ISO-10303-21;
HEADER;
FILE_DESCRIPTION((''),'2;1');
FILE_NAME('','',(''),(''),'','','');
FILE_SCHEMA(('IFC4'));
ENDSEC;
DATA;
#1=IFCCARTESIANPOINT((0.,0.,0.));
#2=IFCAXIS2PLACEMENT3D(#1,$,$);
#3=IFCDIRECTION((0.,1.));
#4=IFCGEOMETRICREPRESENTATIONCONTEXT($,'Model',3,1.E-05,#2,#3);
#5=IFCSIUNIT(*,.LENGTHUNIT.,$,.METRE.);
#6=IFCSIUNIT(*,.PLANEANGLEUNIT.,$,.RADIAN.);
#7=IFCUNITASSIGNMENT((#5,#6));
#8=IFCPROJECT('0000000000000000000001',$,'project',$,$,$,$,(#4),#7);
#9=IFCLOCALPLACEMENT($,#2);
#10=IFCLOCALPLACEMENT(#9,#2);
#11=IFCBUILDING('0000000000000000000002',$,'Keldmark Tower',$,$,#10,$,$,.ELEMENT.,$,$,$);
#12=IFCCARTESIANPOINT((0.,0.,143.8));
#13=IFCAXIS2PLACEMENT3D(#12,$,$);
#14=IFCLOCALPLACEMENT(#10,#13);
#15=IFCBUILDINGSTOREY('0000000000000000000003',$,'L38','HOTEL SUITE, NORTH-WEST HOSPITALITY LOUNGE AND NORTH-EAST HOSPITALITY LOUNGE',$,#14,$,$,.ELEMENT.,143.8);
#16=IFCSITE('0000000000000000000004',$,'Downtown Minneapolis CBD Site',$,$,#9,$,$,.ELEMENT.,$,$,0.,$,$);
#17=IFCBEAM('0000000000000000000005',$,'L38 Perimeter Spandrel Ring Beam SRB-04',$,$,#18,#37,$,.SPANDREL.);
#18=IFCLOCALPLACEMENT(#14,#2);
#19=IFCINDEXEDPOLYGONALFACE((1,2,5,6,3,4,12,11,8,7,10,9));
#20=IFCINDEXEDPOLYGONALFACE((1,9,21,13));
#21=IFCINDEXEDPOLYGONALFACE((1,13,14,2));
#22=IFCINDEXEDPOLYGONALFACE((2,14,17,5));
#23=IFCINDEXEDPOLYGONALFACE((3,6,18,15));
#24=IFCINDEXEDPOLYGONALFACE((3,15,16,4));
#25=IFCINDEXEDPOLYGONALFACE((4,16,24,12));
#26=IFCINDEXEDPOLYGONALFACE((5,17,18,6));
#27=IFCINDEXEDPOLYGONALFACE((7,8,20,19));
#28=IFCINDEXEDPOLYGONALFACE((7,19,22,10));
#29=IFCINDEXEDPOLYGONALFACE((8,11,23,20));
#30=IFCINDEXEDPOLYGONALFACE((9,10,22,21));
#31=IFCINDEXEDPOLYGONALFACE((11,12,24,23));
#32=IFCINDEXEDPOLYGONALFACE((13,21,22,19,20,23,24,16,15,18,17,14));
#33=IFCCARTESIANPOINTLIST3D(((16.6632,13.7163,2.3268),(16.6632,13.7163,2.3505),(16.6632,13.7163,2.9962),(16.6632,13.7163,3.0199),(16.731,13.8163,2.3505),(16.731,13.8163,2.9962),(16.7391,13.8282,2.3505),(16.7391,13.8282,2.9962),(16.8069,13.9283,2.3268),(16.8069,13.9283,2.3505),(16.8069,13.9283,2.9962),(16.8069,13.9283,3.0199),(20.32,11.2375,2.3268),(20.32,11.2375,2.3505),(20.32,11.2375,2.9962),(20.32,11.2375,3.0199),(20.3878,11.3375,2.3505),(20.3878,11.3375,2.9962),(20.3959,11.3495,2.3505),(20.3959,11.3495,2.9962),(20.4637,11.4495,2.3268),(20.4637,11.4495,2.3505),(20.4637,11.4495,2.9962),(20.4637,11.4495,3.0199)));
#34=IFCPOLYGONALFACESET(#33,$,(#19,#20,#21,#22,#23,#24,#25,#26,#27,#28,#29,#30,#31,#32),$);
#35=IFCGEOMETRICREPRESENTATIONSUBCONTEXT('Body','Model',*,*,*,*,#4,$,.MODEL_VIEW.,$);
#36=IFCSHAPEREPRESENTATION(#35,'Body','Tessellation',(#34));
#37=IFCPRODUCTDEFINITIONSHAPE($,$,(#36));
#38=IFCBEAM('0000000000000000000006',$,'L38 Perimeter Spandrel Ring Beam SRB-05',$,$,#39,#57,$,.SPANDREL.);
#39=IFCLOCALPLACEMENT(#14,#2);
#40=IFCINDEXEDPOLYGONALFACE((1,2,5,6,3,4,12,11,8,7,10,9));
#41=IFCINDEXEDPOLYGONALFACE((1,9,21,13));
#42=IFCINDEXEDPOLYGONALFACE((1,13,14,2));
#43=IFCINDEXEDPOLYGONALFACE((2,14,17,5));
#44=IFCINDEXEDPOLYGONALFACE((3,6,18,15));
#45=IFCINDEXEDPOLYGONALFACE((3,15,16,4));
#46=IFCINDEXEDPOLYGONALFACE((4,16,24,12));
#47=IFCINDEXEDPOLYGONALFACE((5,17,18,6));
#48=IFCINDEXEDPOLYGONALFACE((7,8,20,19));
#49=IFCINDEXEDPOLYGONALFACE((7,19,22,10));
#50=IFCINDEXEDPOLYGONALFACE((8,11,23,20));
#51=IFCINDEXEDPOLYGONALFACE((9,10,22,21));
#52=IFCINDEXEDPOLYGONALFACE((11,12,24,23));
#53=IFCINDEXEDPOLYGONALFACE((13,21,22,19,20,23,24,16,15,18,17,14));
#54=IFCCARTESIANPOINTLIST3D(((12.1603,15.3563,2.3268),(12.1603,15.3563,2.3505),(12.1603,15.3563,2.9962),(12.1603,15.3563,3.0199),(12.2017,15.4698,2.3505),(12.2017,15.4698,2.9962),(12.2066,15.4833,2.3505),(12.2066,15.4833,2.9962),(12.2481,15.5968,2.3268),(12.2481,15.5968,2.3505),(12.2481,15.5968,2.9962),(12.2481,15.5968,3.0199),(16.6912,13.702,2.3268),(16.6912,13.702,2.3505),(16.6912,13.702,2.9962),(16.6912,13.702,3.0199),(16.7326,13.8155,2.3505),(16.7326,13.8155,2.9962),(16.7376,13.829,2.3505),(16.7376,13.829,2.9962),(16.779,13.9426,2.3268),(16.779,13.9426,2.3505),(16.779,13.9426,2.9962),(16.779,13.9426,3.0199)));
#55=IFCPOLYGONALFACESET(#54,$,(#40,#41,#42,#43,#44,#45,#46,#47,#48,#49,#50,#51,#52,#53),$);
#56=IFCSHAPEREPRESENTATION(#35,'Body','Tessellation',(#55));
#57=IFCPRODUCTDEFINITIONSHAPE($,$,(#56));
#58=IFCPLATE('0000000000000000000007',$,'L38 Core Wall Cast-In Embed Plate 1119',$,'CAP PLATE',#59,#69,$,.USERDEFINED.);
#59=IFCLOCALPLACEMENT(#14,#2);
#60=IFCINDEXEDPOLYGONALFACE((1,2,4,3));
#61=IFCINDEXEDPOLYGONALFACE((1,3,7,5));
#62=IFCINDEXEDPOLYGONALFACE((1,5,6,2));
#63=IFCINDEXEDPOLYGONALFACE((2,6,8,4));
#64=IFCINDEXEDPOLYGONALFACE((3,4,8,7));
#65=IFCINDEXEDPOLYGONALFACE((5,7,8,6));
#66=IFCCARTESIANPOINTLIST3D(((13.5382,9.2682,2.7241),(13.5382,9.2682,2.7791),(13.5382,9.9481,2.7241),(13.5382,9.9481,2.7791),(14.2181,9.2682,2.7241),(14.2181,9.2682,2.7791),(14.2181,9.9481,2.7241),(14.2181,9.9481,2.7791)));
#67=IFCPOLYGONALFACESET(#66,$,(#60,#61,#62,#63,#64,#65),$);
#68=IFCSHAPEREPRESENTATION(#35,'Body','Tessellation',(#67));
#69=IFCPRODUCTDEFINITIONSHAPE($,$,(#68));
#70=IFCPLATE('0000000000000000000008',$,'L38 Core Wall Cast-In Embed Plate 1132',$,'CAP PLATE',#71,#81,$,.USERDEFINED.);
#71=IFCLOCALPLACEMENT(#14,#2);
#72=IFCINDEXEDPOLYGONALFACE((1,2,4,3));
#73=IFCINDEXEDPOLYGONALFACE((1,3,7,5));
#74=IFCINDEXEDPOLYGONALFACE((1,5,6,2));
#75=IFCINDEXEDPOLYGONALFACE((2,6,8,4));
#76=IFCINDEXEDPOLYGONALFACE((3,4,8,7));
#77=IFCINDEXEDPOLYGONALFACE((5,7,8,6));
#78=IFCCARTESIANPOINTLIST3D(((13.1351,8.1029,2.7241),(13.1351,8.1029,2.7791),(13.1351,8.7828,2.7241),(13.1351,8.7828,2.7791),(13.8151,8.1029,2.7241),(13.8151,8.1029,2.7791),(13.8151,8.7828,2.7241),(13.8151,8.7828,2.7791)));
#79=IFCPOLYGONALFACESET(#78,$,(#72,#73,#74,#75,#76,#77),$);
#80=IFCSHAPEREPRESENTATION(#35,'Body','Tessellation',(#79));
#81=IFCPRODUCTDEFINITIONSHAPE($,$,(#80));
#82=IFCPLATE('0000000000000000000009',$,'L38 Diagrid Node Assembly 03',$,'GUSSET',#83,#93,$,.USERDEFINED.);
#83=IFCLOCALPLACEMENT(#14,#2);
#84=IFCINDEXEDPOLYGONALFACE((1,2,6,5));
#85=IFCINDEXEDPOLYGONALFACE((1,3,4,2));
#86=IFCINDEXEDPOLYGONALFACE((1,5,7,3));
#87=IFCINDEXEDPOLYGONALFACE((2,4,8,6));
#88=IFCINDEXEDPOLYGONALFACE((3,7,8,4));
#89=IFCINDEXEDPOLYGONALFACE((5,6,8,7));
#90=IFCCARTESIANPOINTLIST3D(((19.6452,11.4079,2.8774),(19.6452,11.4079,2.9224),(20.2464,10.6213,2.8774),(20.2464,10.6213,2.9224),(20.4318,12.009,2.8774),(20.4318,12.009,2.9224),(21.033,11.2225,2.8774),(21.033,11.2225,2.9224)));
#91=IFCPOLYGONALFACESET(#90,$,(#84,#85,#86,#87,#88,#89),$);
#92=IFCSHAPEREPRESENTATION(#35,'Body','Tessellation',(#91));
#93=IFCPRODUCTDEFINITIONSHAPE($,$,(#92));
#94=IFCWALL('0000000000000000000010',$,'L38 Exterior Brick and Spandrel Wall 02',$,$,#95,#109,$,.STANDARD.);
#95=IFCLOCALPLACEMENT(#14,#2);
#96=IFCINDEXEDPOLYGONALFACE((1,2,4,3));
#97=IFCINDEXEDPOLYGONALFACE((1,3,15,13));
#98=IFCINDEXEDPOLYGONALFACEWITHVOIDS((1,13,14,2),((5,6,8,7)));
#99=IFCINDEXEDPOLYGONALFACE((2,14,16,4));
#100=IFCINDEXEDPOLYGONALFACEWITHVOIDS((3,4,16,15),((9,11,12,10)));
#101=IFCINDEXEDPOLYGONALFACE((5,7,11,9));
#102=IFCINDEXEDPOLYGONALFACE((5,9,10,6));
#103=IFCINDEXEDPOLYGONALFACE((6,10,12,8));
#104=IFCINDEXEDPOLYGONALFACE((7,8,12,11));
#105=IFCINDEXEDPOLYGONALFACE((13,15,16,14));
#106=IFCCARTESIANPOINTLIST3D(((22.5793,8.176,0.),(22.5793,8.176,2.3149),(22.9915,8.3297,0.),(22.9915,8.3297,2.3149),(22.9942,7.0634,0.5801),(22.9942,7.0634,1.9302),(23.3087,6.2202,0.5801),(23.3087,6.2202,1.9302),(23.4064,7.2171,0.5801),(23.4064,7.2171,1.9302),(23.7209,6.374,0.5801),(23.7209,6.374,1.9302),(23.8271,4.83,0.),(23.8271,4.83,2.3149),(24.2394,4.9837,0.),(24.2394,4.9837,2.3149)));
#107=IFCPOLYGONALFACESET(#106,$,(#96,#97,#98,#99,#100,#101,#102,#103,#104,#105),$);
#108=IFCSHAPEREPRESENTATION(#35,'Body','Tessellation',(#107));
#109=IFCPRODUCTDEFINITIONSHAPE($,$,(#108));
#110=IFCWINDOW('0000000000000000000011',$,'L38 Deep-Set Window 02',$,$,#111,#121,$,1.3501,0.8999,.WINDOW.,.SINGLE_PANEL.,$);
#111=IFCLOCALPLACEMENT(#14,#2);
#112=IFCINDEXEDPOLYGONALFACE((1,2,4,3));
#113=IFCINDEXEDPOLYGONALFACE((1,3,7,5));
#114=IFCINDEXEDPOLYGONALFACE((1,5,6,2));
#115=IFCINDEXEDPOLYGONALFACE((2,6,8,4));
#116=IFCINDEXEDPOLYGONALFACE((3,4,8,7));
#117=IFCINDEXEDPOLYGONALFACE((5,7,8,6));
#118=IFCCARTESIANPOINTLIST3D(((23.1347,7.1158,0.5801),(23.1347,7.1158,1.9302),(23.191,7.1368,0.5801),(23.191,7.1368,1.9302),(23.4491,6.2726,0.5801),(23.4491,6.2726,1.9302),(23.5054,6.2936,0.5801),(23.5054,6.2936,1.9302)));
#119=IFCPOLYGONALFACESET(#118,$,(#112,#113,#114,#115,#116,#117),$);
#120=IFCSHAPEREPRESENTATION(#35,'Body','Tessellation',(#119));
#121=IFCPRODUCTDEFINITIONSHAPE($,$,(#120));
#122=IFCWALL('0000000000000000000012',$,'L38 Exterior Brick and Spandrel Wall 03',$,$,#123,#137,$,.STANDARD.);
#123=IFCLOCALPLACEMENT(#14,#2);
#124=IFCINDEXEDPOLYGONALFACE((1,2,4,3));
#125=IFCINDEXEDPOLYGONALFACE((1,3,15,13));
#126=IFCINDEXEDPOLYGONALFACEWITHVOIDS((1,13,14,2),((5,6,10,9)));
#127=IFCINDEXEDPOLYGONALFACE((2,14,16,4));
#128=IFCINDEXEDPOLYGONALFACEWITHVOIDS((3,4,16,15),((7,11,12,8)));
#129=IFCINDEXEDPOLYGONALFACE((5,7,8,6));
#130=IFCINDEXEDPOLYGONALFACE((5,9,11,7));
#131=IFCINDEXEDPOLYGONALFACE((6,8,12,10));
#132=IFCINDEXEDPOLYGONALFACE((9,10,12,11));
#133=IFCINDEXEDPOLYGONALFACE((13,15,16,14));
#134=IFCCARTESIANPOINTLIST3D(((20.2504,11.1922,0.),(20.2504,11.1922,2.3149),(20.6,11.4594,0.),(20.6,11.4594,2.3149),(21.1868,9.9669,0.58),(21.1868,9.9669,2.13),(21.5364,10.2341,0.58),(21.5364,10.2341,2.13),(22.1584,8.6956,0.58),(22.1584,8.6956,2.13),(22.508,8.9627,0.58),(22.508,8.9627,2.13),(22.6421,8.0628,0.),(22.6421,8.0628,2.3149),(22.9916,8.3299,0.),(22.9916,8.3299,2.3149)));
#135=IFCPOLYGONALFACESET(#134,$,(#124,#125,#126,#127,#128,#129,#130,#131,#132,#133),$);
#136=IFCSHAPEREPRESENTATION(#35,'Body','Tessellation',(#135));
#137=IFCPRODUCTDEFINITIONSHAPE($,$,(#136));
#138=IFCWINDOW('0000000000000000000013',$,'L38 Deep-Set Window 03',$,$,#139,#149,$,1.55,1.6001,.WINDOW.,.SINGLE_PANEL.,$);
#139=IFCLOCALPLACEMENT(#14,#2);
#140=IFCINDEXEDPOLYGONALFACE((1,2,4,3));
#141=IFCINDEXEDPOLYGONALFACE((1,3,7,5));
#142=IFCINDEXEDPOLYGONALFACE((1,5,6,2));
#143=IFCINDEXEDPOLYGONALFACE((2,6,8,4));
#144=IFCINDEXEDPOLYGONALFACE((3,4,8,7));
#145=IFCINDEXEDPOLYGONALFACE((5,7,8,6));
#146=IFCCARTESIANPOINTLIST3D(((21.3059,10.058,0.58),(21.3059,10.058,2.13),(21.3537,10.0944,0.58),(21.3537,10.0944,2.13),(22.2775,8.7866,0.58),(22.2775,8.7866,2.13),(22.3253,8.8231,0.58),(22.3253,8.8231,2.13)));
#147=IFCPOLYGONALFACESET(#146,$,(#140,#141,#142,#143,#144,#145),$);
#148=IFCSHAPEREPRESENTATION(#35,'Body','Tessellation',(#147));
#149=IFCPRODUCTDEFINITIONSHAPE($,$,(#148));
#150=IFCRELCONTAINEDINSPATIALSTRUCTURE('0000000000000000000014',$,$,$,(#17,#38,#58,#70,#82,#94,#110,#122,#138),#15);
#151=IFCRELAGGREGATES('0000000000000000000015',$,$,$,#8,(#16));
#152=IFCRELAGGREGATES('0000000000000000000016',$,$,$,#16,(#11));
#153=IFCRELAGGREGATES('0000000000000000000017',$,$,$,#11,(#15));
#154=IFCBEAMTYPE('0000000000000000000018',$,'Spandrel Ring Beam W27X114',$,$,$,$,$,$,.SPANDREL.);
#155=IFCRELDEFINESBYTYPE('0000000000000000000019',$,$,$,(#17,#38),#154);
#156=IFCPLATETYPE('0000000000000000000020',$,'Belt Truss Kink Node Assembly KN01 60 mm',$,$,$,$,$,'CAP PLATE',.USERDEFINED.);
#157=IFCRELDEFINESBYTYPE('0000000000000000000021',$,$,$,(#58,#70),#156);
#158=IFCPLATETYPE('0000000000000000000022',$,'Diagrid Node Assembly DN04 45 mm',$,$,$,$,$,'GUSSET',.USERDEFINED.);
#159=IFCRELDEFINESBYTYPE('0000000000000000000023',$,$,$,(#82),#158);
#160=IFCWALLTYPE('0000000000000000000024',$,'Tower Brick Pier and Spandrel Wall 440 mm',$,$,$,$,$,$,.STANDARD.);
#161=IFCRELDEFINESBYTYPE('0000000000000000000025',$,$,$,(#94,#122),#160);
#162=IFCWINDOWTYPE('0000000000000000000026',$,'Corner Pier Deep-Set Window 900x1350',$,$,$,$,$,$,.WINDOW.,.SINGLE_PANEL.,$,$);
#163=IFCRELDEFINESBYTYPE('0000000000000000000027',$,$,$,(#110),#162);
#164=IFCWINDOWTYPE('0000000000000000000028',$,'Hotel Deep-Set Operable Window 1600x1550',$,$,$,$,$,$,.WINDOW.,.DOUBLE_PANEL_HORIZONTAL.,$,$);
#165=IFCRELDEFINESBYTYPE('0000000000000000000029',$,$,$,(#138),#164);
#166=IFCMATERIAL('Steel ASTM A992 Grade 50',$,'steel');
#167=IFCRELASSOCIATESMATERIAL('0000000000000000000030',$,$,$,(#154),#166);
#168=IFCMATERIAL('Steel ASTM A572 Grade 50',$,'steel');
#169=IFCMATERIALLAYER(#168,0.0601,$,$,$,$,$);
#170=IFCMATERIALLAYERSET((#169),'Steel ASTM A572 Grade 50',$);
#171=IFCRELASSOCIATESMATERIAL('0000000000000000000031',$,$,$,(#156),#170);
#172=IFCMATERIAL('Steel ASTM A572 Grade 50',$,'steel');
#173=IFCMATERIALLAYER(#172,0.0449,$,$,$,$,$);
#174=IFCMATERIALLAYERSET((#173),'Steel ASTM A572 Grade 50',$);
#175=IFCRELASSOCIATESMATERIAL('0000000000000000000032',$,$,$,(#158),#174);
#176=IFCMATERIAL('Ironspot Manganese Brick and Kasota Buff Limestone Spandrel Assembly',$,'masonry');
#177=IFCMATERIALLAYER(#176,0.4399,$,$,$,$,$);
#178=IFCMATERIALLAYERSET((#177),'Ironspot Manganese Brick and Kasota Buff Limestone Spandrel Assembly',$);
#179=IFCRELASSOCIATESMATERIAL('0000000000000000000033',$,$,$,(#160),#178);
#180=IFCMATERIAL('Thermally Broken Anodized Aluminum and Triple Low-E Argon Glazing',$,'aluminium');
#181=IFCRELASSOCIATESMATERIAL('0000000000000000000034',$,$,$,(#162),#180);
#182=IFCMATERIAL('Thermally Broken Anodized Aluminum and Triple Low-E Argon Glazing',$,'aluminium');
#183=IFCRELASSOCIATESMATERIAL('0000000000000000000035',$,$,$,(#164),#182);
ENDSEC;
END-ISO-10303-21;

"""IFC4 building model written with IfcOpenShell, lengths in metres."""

from ifc_helpers import new_model, si_unit, direction, frame, frame_2d, origin, origin_2d, place, context, subcontext, project, spatial, rectangle, i_section, extrude, material, layer, layer_set, material_profile, profile_set, type_object, element, fill, save


model = new_model("IFC4")

# Units and contexts
model_context = context("Model", 3, precision=1e-05, world=origin(), true_north=direction((0.0, 1.0)))
body_context = subcontext(model_context, "Body", "Model", "MODEL_VIEW")
ifc_project = project(units=[si_unit("LENGTHUNIT", "METRE"), si_unit("PLANEANGLEUNIT", "RADIAN")], contexts=[model_context])

# Site, building, storey
site_placement = place(None, origin())
site = spatial("IfcSite", under=ifc_project, at=site_placement, Name="Downtown Minneapolis CBD Site", CompositionType="ELEMENT", RefElevation=0.0)
building_placement = place(site_placement, origin())
building = spatial("IfcBuilding", under=site, at=building_placement, Name="Keldmark Tower", CompositionType="ELEMENT")
storey_placement = place(building_placement, frame((0.0, 0.0, 143.8)))
storey = spatial("IfcBuildingStorey", under=building, at=storey_placement, Name="L38", Description="HOTEL SUITE, NORTH-WEST HOSPITALITY LOUNGE AND NORTH-EAST HOSPITALITY LOUNGE", CompositionType="ELEMENT", Elevation=143.8)

# Beams
ifc_material_1 = material(Name="Steel ASTM A992 Grade 50", Category="steel")
ifc_material_profile_1 = material_profile(ifc_material_1, i_section(OverallWidth=0.2561, OverallDepth=0.6931, WebThickness=0.0144, FlangeThickness=0.0237, at=origin_2d()), Name="W27X114")
ifc_profile_set_1 = profile_set([ifc_material_profile_1], Name="Steel ASTM A992 Grade 50")
beam_type_1 = type_object("IfcBeamType", Name="Spandrel Ring Beam W27X114", PredefinedType="SPANDREL", material=ifc_profile_set_1)
beam_1_placement = place(storey_placement, frame((20.3918, 11.3435, 2.6733), z_axis=(-0.827749, 0.561099, 0.0), x_axis=(-0.561099, -0.827749, 0.0)))
element("IfcBeam", 1, at=beam_1_placement, inside=storey, type_object=beam_type_1, Name="L38 Perimeter Spandrel Ring Beam SRB-04", PredefinedType="SPANDREL", context=body_context, shape_type="SweptSolid", body=[
    extrude(i_section(OverallWidth=0.2561, OverallDepth=0.6931, WebThickness=0.0144, FlangeThickness=0.0237, at=origin_2d()), origin(), (0.0, 0.0, 1.0), 4.4177),
])
beam_2_placement = place(storey_placement, frame((16.7351, 13.8223, 2.6733), z_axis=(-0.939349, 0.342962, 0.0), x_axis=(-0.342962, -0.939349, 0.0)))
element("IfcBeam", 2, at=beam_2_placement, inside=storey, type_object=beam_type_1, Name="L38 Perimeter Spandrel Ring Beam SRB-05", PredefinedType="SPANDREL", context=body_context, shape_type="SweptSolid", body=[
    extrude(i_section(OverallWidth=0.2561, OverallDepth=0.6931, WebThickness=0.0144, FlangeThickness=0.0237, at=origin_2d()), origin(), (0.0, 0.0, 1.0), 4.8235),
])

# Plates
ifc_material_2 = material(Name="Steel ASTM A572 Grade 50", Category="steel")
ifc_layer_1 = layer(ifc_material_2, 0.0601)
ifc_layer_set_1 = layer_set([ifc_layer_1], Name="Steel ASTM A572 Grade 50")
plate_type_1 = type_object("IfcPlateType", Name="Belt Truss Kink Node Assembly KN01 60 mm", ElementType="CAP PLATE", PredefinedType="USERDEFINED", material=ifc_layer_set_1)
for number, where, z_axis, x_axis, name in (
    (3, (13.8782, 9.6082, 2.7241), (0.0, 0.0, 1.0), (1.0, 0.0, 0.0), "L38 Core Wall Cast-In Embed Plate 1119"),
    (4, (13.4751, 8.4429, 2.7241), (0.0, 0.0, 1.0), (1.0, 0.0, 0.0), "L38 Core Wall Cast-In Embed Plate 1132"),
):
    element("IfcPlate", number, at=place(storey_placement, frame(where, z_axis=z_axis, x_axis=x_axis)), inside=storey, type_object=plate_type_1, Name=name, ObjectType="CAP PLATE", PredefinedType="USERDEFINED", context=body_context, shape_type="SweptSolid", body=[
        extrude(rectangle(XDim=0.6799, YDim=0.6799, at=origin_2d()), origin(), (0.0, 0.0, 1.0), 0.0549),
    ])
ifc_material_3 = material(Name="Steel ASTM A572 Grade 50", Category="steel")
ifc_layer_2 = layer(ifc_material_3, 0.0449)
ifc_layer_set_2 = layer_set([ifc_layer_2], Name="Steel ASTM A572 Grade 50")
plate_type_2 = type_object("IfcPlateType", Name="Diagrid Node Assembly DN04 45 mm", ElementType="GUSSET", PredefinedType="USERDEFINED", material=ifc_layer_set_2)
plate_placement = place(storey_placement, frame((20.3391, 11.3152, 2.8774), z_axis=(0.0, 0.0, 1.0), x_axis=(-0.607237, 0.794521, 0.0)))
element("IfcPlate", 5, at=plate_placement, inside=storey, type_object=plate_type_2, Name="L38 Diagrid Node Assembly 03", ObjectType="GUSSET", PredefinedType="USERDEFINED", context=body_context, shape_type="SweptSolid", body=[
    extrude(rectangle(XDim=0.99, YDim=0.99, at=origin_2d()), origin(), (0.0, 0.0, 1.0), 0.0449),
])

# Walls, openings, windows
ifc_material_4 = material(Name="Ironspot Manganese Brick and Kasota Buff Limestone Spandrel Assembly", Category="masonry")
ifc_layer_3 = layer(ifc_material_4, 0.4399)
ifc_layer_set_3 = layer_set([ifc_layer_3], Name="Ironspot Manganese Brick and Kasota Buff Limestone Spandrel Assembly")
wall_type_1 = type_object("IfcWallType", Name="Tower Brick Pier and Spandrel Wall 440 mm", PredefinedType="STANDARD", material=ifc_layer_set_3)
wall_1_placement = place(storey_placement, frame((22.7854, 8.2529, 0.0), z_axis=(0.0, 0.0, 1.0), x_axis=(0.349422, -0.936965, 0.0)))
wall_1 = element("IfcWall", 6, at=wall_1_placement, inside=storey, type_object=wall_type_1, Name="L38 Exterior Brick and Spandrel Wall 02", PredefinedType="STANDARD", context=body_context, shape_type="SweptSolid", body=[
    extrude(rectangle(XDim=3.571, YDim=0.4399, at=frame_2d((1.7856, 0.0))), origin(), (0.0, 0.0, 1.0), 2.3149),
])
opening_1_placement = place(wall_1_placement, frame((1.1875, 0.0, 0.5801)))
opening_1 = element("IfcOpeningElement", 7, at=opening_1_placement, cuts=wall_1, PredefinedType="OPENING", context=body_context, shape_type="SweptSolid", body=[
    extrude(rectangle(XDim=0.8999, YDim=1.3501, at=frame_2d((0.45, 0.675))), frame((0.0, 0.23, 0.0), z_axis=(0.0, -1.0, 0.0), x_axis=(1.0, 0.0, 0.0)), (0.0, 0.0, 1.0), 0.46),
])
ifc_material_5 = material(Name="Thermally Broken Anodized Aluminum and Triple Low-E Argon Glazing", Category="aluminium")
window_type_1 = type_object("IfcWindowType", Name="Corner Pier Deep-Set Window 900x1350", PartitioningType="SINGLE_PANEL", PredefinedType="WINDOW", material=ifc_material_5)
window_1_placement = place(opening_1_placement, origin())
window_1 = element("IfcWindow", 8, at=window_1_placement, inside=storey, type_object=window_type_1, Name="L38 Deep-Set Window 02", OverallHeight=1.3501, OverallWidth=0.8999, PartitioningType="SINGLE_PANEL", PredefinedType="WINDOW", context=body_context, shape_type="SweptSolid", body=[
    extrude(rectangle(XDim=0.8999, YDim=1.3501, at=frame_2d((0.45, 0.675))), frame((0.0, -0.01, 0.0), z_axis=(0.0, -1.0, 0.0), x_axis=(1.0, 0.0, 0.0)), (0.0, 0.0, 1.0), 0.0601),
])
fill(opening_1, window_1)
wall_2_placement = place(storey_placement, frame((20.4253, 11.3257, 0.0), z_axis=(0.0, 0.0, 1.0), x_axis=(0.607215, -0.794537, 0.0)))
wall_2 = element("IfcWall", 9, at=wall_2_placement, inside=storey, type_object=wall_type_1, Name="L38 Exterior Brick and Spandrel Wall 03", PredefinedType="STANDARD", context=body_context, shape_type="SweptSolid", body=[
    extrude(rectangle(XDim=3.9387, YDim=0.4399, at=frame_2d((1.9692, 0.0))), origin(), (0.0, 0.0, 1.0), 2.3149),
])
opening_2_placement = place(wall_2_placement, frame((1.542, 0.0, 0.5801)))
opening_2 = element("IfcOpeningElement", 10, at=opening_2_placement, cuts=wall_2, PredefinedType="OPENING", context=body_context, shape_type="SweptSolid", body=[
    extrude(rectangle(XDim=1.6001, YDim=1.55, at=frame_2d((0.8, 0.7749))), frame((0.0, 0.23, 0.0), z_axis=(0.0, -1.0, 0.0), x_axis=(1.0, 0.0, 0.0)), (0.0, 0.0, 1.0), 0.46),
])
ifc_material_6 = material(Name="Thermally Broken Anodized Aluminum and Triple Low-E Argon Glazing", Category="aluminium")
window_type_2 = type_object("IfcWindowType", Name="Hotel Deep-Set Operable Window 1600x1550", PartitioningType="DOUBLE_PANEL_HORIZONTAL", PredefinedType="WINDOW", material=ifc_material_6)
window_2_placement = place(opening_2_placement, origin())
window_2 = element("IfcWindow", 11, at=window_2_placement, inside=storey, type_object=window_type_2, Name="L38 Deep-Set Window 03", OverallHeight=1.55, OverallWidth=1.6001, PartitioningType="SINGLE_PANEL", PredefinedType="WINDOW", context=body_context, shape_type="SweptSolid", body=[
    extrude(rectangle(XDim=1.6001, YDim=1.55, at=frame_2d((0.8, 0.7749))), frame((0.0, -0.01, 0.0), z_axis=(0.0, -1.0, 0.0), x_axis=(1.0, 0.0, 0.0)), (0.0, 0.0, 1.0), 0.0601),
])
fill(opening_2, window_2)

save(model, "model.ifc")
